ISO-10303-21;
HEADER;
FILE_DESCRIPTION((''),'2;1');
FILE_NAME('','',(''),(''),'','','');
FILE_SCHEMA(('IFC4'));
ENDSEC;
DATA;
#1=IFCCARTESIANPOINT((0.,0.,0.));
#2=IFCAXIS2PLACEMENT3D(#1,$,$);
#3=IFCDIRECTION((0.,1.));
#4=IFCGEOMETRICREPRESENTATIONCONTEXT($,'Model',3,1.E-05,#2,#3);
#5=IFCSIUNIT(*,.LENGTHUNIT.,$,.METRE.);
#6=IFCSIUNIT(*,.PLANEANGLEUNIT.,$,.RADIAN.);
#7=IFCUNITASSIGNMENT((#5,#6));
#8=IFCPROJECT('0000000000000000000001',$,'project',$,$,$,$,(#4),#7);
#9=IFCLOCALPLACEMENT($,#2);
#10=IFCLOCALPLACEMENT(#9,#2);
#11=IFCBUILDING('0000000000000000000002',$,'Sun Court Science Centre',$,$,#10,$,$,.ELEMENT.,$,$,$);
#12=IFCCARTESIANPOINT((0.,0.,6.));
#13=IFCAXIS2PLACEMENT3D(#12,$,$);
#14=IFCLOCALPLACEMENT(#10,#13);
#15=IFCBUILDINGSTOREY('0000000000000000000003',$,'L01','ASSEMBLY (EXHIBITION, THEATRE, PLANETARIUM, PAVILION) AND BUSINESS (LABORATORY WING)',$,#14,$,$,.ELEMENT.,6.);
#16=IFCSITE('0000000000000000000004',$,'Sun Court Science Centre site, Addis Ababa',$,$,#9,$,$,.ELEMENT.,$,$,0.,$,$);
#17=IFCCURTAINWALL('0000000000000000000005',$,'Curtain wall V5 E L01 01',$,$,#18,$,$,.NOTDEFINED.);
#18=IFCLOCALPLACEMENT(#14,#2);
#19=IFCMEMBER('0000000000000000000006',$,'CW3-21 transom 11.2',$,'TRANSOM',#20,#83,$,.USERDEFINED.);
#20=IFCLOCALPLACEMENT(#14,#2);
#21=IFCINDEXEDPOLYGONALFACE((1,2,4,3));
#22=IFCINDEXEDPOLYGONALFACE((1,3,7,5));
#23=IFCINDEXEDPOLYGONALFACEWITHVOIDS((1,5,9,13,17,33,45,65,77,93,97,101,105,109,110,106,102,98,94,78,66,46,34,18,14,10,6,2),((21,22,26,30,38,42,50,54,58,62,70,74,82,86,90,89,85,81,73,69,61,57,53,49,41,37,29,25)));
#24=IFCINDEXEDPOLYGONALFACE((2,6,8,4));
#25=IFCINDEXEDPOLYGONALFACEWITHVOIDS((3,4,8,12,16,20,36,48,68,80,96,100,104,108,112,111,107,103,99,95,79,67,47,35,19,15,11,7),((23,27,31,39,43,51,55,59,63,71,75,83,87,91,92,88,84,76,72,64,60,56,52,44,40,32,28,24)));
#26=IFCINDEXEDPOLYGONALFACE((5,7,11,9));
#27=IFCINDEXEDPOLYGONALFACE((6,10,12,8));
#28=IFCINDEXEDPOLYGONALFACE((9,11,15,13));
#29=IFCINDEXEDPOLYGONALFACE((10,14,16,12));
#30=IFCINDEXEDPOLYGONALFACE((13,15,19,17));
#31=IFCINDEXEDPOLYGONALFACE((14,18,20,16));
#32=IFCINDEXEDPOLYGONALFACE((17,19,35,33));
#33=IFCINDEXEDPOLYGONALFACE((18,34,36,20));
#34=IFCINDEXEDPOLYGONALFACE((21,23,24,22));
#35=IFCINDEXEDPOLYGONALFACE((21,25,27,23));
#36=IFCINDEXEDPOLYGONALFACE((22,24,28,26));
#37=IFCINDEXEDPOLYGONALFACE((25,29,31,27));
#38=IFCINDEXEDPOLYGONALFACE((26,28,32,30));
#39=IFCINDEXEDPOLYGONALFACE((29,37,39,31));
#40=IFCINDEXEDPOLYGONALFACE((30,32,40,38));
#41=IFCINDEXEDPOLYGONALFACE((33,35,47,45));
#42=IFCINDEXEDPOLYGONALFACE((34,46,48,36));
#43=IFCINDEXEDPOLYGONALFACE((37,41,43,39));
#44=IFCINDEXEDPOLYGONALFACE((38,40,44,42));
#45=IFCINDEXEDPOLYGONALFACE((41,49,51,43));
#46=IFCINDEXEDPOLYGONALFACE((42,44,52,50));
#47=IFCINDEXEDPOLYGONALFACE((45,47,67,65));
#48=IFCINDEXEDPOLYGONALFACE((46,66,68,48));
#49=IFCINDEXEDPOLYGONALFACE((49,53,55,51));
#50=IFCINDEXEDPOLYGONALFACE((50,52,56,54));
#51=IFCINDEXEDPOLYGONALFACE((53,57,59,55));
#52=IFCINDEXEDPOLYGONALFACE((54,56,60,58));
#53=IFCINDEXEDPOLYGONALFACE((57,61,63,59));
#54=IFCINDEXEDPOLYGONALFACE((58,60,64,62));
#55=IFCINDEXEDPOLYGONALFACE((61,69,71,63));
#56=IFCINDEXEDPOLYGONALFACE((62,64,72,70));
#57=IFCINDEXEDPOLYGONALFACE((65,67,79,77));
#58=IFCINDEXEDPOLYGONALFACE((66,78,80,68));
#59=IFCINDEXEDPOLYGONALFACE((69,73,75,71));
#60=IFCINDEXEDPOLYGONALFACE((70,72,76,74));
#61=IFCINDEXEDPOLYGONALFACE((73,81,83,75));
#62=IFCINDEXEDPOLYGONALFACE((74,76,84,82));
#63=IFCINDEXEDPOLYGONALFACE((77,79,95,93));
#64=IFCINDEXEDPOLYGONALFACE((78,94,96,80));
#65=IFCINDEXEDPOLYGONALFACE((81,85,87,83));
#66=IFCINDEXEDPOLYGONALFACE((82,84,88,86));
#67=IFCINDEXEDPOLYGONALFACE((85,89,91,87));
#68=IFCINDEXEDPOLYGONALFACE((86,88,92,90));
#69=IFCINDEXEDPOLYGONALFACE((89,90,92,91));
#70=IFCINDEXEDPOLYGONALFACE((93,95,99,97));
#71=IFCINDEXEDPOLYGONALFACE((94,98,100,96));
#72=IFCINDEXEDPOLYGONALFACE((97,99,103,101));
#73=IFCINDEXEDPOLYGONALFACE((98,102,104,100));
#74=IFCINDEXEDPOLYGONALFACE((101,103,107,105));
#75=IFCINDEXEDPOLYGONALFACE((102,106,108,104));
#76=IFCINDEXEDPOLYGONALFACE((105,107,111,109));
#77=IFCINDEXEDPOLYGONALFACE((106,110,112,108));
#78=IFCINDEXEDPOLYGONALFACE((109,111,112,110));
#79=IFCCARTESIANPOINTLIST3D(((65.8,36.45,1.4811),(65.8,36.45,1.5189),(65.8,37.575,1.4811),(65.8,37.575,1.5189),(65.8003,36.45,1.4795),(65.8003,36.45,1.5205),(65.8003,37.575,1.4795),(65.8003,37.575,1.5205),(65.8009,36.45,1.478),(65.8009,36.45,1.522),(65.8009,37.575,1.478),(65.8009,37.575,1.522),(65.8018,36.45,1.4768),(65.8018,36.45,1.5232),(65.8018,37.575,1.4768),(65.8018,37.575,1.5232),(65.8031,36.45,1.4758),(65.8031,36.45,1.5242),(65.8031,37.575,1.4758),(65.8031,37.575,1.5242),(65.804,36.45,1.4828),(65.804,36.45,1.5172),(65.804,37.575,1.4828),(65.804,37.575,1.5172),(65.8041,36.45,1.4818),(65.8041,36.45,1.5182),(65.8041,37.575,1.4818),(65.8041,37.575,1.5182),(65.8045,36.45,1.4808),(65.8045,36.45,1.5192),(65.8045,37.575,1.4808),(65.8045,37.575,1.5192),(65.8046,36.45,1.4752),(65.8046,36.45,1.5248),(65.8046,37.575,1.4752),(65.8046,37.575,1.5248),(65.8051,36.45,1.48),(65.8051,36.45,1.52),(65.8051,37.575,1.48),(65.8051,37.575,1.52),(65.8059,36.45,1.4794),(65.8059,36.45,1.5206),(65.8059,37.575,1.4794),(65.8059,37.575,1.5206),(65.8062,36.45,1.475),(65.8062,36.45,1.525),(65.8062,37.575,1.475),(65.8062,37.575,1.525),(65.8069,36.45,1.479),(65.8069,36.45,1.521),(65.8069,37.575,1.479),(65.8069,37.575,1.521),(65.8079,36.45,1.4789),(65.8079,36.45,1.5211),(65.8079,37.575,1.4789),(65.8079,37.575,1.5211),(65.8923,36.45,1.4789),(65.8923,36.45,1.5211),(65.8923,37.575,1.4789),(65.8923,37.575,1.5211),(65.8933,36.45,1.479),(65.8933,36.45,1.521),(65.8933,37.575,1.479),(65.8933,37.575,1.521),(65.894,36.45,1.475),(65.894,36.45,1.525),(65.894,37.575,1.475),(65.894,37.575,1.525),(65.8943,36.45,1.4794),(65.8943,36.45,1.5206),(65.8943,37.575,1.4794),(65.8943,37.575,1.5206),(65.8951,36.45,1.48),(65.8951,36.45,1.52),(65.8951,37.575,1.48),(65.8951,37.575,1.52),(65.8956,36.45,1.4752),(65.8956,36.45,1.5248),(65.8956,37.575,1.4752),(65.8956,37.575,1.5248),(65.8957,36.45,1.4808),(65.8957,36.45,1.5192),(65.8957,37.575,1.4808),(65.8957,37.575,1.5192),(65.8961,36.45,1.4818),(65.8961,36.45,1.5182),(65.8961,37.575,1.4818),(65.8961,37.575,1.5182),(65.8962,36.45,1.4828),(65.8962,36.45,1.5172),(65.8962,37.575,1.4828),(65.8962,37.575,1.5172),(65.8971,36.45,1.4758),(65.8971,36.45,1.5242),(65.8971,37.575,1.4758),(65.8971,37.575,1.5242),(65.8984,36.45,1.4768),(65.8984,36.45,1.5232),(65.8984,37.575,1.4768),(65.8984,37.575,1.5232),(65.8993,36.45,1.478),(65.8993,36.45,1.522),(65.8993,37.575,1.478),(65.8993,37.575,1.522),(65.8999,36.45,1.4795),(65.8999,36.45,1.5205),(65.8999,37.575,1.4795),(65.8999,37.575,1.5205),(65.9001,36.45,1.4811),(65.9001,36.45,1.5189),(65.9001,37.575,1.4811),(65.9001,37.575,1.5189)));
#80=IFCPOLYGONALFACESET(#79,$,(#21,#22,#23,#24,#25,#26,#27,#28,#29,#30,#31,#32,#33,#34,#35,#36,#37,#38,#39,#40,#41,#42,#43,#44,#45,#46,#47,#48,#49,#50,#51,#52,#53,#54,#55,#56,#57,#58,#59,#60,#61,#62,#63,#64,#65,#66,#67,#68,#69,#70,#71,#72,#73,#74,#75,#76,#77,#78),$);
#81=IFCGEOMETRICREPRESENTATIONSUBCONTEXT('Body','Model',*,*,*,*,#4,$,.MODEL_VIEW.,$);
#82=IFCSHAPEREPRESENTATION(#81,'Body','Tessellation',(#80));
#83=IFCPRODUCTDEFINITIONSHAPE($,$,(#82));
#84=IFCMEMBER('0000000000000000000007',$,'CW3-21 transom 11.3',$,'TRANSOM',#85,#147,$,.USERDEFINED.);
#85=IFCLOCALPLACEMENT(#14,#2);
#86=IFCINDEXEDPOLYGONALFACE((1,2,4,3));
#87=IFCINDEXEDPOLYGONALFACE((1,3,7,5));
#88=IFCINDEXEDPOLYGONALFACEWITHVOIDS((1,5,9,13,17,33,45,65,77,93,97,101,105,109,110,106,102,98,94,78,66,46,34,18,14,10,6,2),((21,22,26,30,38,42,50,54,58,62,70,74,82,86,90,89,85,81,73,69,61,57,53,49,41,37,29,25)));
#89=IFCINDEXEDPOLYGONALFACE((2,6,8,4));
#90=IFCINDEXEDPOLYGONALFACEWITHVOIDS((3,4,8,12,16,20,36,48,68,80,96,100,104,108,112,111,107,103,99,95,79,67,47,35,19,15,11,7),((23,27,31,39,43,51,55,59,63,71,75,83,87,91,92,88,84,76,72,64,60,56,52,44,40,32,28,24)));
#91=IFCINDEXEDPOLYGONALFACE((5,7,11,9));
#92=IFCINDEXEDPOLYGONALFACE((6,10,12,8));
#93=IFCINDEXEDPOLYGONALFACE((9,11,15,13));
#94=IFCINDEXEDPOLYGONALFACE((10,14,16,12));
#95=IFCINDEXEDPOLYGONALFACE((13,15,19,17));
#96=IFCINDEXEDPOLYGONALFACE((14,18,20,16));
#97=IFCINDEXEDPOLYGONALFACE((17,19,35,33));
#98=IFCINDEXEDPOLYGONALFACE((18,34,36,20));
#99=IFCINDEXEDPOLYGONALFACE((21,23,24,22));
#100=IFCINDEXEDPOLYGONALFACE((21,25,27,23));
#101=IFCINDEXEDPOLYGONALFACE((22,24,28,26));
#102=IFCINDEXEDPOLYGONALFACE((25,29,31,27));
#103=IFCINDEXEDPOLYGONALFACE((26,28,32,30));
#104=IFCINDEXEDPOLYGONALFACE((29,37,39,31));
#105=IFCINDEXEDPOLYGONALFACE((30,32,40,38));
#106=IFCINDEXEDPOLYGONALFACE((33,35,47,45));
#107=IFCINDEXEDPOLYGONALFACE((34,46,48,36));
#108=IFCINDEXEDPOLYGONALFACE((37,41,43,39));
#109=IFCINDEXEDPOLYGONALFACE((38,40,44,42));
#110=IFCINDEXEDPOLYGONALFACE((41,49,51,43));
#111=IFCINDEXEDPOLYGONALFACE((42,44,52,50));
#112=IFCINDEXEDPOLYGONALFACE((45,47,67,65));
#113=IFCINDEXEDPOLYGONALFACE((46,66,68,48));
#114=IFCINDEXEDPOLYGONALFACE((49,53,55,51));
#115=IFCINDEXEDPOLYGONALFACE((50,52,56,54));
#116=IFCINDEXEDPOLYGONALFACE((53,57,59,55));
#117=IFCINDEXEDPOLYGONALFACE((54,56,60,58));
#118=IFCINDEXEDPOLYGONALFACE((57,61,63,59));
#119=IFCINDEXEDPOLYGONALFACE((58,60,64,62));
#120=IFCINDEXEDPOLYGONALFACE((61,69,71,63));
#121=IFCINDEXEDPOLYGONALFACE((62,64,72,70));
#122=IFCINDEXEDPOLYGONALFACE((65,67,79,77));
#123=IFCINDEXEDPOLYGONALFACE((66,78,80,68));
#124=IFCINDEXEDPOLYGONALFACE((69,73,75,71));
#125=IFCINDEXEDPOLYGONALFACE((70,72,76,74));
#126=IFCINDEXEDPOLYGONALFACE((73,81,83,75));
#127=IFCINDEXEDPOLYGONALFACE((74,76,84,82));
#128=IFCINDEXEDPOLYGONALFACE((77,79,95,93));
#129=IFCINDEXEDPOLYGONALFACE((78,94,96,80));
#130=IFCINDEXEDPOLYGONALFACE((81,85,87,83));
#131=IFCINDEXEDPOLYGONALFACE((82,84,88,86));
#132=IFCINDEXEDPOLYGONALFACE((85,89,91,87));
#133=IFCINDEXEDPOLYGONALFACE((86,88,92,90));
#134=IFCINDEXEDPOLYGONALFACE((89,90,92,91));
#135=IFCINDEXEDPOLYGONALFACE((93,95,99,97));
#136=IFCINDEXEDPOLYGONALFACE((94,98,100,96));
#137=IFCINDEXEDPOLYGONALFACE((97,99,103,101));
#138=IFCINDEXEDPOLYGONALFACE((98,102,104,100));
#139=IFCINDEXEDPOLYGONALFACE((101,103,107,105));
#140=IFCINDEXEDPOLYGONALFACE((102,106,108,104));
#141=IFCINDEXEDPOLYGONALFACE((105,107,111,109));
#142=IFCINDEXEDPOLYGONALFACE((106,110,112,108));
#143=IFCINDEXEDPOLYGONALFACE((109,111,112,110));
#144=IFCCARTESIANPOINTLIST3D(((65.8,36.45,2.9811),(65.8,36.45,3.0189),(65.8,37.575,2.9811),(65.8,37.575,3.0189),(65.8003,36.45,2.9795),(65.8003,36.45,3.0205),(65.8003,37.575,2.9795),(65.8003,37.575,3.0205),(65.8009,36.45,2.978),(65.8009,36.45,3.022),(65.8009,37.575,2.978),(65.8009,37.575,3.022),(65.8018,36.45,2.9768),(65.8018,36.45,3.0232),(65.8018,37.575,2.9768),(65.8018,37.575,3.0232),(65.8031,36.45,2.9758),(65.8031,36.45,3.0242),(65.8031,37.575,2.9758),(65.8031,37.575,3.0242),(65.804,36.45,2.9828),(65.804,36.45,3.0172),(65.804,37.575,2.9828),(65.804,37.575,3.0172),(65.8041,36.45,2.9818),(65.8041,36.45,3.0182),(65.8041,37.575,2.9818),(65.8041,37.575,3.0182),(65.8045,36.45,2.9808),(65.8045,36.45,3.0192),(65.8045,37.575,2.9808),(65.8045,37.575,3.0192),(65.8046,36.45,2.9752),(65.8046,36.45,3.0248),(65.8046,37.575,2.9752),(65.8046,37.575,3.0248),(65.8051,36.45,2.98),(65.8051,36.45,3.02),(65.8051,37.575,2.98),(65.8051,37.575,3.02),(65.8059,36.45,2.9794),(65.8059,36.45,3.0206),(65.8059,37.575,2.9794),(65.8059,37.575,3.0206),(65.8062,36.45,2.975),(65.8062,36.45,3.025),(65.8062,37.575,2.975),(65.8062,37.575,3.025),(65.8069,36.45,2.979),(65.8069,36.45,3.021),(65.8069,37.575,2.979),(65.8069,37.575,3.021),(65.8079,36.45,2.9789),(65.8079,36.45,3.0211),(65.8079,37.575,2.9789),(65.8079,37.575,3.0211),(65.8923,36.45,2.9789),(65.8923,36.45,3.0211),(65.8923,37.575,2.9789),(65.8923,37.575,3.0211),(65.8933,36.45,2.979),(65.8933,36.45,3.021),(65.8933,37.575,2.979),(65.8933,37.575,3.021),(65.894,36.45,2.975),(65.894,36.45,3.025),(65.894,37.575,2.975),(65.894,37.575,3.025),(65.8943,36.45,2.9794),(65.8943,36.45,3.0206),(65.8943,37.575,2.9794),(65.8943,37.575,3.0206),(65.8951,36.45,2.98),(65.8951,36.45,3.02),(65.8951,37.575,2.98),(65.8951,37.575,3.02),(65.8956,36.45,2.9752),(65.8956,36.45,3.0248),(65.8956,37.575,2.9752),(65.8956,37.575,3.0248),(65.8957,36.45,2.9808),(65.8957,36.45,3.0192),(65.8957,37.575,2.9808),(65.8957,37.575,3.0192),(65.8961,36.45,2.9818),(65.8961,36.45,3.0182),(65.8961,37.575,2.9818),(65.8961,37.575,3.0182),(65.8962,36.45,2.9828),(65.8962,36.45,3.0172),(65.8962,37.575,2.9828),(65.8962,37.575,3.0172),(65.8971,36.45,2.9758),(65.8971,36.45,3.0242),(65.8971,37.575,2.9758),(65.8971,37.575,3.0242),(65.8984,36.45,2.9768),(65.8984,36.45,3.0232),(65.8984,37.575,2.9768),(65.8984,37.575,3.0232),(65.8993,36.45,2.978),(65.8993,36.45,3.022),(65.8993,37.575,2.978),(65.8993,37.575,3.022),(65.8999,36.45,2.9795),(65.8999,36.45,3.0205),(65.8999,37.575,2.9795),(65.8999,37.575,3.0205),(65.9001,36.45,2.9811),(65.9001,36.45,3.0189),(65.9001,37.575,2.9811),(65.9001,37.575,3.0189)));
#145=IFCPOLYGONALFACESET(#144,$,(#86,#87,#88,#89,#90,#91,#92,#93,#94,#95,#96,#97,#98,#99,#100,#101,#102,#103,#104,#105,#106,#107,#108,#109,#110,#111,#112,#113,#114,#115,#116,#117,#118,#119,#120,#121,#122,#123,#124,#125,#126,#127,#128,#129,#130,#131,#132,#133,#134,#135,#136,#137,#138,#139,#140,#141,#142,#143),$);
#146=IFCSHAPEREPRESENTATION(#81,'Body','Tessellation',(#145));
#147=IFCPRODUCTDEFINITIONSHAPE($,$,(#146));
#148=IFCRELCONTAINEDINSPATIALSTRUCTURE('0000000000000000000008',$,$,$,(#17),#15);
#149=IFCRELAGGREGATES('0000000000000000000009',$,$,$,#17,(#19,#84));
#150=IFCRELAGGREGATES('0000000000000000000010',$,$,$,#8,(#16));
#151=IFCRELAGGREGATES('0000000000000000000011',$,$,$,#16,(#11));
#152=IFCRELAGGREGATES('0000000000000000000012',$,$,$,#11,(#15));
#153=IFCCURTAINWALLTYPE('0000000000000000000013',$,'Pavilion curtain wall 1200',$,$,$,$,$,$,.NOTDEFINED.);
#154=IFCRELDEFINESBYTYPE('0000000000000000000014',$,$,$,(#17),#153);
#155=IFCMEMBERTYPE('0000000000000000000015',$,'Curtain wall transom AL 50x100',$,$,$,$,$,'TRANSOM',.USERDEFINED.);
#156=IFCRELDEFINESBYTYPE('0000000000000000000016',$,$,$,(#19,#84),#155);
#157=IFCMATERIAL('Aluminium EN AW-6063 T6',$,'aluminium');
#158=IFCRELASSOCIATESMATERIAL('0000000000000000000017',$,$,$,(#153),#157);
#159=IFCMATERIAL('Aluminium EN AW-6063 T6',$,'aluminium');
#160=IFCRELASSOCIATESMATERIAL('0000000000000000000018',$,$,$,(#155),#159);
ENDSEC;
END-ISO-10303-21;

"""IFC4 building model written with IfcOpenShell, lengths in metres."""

from ifc_helpers import new_model, si_unit, direction, frame, origin, origin_2d, place, context, subcontext, project, spatial, hollow_rectangle, extrude, material, material_profile, profile_set, type_object, element, aggregate, save


model = new_model("IFC4")

# Units and contexts
model_context = context("Model", 3, precision=1e-05, world=origin(), true_north=direction((0.0, 1.0)))
body_context = subcontext(model_context, "Body", "Model", "MODEL_VIEW")
ifc_project = project(units=[si_unit("LENGTHUNIT", "METRE"), si_unit("PLANEANGLEUNIT", "RADIAN")], contexts=[model_context])

# Site, building, storey
site_placement = place(None, origin())
site = spatial("IfcSite", under=ifc_project, at=site_placement, Name="Sun Court Science Centre site, Addis Ababa", CompositionType="ELEMENT", RefElevation=0.0)
building_placement = place(site_placement, origin())
building = spatial("IfcBuilding", under=site, at=building_placement, Name="Sun Court Science Centre", CompositionType="ELEMENT")
storey_placement = place(building_placement, frame((0.0, 0.0, 6.0)))
storey = spatial("IfcBuildingStorey", under=building, at=storey_placement, Name="L01", Description="ASSEMBLY (EXHIBITION, THEATRE, PLANETARIUM, PAVILION) AND BUSINESS (LABORATORY WING)", CompositionType="ELEMENT", Elevation=6.0)

# Shared definitions
ifc_material_1 = material(Name="Aluminium EN AW-6063 T6", Category="aluminium")
curtain_wall_type = type_object("IfcCurtainWallType", Name="Pavilion curtain wall 1200", PredefinedType="NOTDEFINED", material=ifc_material_1)

# Curtain wall
curtain_wall_1_placement = place(storey_placement, origin())
curtain_wall_1 = element("IfcCurtainWall", 1, at=curtain_wall_1_placement, inside=storey, type_object=curtain_wall_type, Name="Curtain wall V5 E L01 01", PredefinedType="NOTDEFINED")

# Members
ifc_material_2 = material(Name="Aluminium EN AW-6063 T6", Category="aluminium")
ifc_material_profile_1 = material_profile(ifc_material_2, hollow_rectangle(XDim=0.05, YDim=0.1001, WallThickness=0.0039, InnerFilletRadius=0.0039, OuterFilletRadius=0.0061, at=origin_2d()), Name="AL 50x100x4")
ifc_profile_set_1 = profile_set([ifc_material_profile_1], Name="Aluminium EN AW-6063 T6")
member_type_1 = type_object("IfcMemberType", Name="Curtain wall transom AL 50x100", ElementType="TRANSOM", PredefinedType="USERDEFINED", material=ifc_profile_set_1)
member_1_placement = place(storey_placement, frame((65.8501, 37.575, 1.5), z_axis=(0.0, -1.0, 0.0), x_axis=(0.0, 0.0, 1.0)))
member_1 = element("IfcMember", 2, at=member_1_placement, type_object=member_type_1, Name="CW3-21 transom 11.2", ObjectType="TRANSOM", PredefinedType="USERDEFINED", context=body_context, shape_type="SweptSolid", body=[
    extrude(hollow_rectangle(XDim=0.05, YDim=0.1001, WallThickness=0.0039, InnerFilletRadius=0.0039, OuterFilletRadius=0.0061, at=origin_2d()), origin(), (0.0, 0.0, 1.0), 1.125),
])
member_2_placement = place(storey_placement, frame((65.8501, 37.575, 3.0), z_axis=(0.0, -1.0, 0.0), x_axis=(0.0, 0.0, 1.0)))
member_2 = element("IfcMember", 3, at=member_2_placement, type_object=member_type_1, Name="CW3-21 transom 11.3", ObjectType="TRANSOM", PredefinedType="USERDEFINED", context=body_context, shape_type="SweptSolid", body=[
    extrude(hollow_rectangle(XDim=0.05, YDim=0.1001, WallThickness=0.0039, InnerFilletRadius=0.0039, OuterFilletRadius=0.0061, at=origin_2d()), origin(), (0.0, 0.0, 1.0), 1.125),
])

aggregate(curtain_wall_1, [member_1, member_2])

save(model, "model.ifc")
